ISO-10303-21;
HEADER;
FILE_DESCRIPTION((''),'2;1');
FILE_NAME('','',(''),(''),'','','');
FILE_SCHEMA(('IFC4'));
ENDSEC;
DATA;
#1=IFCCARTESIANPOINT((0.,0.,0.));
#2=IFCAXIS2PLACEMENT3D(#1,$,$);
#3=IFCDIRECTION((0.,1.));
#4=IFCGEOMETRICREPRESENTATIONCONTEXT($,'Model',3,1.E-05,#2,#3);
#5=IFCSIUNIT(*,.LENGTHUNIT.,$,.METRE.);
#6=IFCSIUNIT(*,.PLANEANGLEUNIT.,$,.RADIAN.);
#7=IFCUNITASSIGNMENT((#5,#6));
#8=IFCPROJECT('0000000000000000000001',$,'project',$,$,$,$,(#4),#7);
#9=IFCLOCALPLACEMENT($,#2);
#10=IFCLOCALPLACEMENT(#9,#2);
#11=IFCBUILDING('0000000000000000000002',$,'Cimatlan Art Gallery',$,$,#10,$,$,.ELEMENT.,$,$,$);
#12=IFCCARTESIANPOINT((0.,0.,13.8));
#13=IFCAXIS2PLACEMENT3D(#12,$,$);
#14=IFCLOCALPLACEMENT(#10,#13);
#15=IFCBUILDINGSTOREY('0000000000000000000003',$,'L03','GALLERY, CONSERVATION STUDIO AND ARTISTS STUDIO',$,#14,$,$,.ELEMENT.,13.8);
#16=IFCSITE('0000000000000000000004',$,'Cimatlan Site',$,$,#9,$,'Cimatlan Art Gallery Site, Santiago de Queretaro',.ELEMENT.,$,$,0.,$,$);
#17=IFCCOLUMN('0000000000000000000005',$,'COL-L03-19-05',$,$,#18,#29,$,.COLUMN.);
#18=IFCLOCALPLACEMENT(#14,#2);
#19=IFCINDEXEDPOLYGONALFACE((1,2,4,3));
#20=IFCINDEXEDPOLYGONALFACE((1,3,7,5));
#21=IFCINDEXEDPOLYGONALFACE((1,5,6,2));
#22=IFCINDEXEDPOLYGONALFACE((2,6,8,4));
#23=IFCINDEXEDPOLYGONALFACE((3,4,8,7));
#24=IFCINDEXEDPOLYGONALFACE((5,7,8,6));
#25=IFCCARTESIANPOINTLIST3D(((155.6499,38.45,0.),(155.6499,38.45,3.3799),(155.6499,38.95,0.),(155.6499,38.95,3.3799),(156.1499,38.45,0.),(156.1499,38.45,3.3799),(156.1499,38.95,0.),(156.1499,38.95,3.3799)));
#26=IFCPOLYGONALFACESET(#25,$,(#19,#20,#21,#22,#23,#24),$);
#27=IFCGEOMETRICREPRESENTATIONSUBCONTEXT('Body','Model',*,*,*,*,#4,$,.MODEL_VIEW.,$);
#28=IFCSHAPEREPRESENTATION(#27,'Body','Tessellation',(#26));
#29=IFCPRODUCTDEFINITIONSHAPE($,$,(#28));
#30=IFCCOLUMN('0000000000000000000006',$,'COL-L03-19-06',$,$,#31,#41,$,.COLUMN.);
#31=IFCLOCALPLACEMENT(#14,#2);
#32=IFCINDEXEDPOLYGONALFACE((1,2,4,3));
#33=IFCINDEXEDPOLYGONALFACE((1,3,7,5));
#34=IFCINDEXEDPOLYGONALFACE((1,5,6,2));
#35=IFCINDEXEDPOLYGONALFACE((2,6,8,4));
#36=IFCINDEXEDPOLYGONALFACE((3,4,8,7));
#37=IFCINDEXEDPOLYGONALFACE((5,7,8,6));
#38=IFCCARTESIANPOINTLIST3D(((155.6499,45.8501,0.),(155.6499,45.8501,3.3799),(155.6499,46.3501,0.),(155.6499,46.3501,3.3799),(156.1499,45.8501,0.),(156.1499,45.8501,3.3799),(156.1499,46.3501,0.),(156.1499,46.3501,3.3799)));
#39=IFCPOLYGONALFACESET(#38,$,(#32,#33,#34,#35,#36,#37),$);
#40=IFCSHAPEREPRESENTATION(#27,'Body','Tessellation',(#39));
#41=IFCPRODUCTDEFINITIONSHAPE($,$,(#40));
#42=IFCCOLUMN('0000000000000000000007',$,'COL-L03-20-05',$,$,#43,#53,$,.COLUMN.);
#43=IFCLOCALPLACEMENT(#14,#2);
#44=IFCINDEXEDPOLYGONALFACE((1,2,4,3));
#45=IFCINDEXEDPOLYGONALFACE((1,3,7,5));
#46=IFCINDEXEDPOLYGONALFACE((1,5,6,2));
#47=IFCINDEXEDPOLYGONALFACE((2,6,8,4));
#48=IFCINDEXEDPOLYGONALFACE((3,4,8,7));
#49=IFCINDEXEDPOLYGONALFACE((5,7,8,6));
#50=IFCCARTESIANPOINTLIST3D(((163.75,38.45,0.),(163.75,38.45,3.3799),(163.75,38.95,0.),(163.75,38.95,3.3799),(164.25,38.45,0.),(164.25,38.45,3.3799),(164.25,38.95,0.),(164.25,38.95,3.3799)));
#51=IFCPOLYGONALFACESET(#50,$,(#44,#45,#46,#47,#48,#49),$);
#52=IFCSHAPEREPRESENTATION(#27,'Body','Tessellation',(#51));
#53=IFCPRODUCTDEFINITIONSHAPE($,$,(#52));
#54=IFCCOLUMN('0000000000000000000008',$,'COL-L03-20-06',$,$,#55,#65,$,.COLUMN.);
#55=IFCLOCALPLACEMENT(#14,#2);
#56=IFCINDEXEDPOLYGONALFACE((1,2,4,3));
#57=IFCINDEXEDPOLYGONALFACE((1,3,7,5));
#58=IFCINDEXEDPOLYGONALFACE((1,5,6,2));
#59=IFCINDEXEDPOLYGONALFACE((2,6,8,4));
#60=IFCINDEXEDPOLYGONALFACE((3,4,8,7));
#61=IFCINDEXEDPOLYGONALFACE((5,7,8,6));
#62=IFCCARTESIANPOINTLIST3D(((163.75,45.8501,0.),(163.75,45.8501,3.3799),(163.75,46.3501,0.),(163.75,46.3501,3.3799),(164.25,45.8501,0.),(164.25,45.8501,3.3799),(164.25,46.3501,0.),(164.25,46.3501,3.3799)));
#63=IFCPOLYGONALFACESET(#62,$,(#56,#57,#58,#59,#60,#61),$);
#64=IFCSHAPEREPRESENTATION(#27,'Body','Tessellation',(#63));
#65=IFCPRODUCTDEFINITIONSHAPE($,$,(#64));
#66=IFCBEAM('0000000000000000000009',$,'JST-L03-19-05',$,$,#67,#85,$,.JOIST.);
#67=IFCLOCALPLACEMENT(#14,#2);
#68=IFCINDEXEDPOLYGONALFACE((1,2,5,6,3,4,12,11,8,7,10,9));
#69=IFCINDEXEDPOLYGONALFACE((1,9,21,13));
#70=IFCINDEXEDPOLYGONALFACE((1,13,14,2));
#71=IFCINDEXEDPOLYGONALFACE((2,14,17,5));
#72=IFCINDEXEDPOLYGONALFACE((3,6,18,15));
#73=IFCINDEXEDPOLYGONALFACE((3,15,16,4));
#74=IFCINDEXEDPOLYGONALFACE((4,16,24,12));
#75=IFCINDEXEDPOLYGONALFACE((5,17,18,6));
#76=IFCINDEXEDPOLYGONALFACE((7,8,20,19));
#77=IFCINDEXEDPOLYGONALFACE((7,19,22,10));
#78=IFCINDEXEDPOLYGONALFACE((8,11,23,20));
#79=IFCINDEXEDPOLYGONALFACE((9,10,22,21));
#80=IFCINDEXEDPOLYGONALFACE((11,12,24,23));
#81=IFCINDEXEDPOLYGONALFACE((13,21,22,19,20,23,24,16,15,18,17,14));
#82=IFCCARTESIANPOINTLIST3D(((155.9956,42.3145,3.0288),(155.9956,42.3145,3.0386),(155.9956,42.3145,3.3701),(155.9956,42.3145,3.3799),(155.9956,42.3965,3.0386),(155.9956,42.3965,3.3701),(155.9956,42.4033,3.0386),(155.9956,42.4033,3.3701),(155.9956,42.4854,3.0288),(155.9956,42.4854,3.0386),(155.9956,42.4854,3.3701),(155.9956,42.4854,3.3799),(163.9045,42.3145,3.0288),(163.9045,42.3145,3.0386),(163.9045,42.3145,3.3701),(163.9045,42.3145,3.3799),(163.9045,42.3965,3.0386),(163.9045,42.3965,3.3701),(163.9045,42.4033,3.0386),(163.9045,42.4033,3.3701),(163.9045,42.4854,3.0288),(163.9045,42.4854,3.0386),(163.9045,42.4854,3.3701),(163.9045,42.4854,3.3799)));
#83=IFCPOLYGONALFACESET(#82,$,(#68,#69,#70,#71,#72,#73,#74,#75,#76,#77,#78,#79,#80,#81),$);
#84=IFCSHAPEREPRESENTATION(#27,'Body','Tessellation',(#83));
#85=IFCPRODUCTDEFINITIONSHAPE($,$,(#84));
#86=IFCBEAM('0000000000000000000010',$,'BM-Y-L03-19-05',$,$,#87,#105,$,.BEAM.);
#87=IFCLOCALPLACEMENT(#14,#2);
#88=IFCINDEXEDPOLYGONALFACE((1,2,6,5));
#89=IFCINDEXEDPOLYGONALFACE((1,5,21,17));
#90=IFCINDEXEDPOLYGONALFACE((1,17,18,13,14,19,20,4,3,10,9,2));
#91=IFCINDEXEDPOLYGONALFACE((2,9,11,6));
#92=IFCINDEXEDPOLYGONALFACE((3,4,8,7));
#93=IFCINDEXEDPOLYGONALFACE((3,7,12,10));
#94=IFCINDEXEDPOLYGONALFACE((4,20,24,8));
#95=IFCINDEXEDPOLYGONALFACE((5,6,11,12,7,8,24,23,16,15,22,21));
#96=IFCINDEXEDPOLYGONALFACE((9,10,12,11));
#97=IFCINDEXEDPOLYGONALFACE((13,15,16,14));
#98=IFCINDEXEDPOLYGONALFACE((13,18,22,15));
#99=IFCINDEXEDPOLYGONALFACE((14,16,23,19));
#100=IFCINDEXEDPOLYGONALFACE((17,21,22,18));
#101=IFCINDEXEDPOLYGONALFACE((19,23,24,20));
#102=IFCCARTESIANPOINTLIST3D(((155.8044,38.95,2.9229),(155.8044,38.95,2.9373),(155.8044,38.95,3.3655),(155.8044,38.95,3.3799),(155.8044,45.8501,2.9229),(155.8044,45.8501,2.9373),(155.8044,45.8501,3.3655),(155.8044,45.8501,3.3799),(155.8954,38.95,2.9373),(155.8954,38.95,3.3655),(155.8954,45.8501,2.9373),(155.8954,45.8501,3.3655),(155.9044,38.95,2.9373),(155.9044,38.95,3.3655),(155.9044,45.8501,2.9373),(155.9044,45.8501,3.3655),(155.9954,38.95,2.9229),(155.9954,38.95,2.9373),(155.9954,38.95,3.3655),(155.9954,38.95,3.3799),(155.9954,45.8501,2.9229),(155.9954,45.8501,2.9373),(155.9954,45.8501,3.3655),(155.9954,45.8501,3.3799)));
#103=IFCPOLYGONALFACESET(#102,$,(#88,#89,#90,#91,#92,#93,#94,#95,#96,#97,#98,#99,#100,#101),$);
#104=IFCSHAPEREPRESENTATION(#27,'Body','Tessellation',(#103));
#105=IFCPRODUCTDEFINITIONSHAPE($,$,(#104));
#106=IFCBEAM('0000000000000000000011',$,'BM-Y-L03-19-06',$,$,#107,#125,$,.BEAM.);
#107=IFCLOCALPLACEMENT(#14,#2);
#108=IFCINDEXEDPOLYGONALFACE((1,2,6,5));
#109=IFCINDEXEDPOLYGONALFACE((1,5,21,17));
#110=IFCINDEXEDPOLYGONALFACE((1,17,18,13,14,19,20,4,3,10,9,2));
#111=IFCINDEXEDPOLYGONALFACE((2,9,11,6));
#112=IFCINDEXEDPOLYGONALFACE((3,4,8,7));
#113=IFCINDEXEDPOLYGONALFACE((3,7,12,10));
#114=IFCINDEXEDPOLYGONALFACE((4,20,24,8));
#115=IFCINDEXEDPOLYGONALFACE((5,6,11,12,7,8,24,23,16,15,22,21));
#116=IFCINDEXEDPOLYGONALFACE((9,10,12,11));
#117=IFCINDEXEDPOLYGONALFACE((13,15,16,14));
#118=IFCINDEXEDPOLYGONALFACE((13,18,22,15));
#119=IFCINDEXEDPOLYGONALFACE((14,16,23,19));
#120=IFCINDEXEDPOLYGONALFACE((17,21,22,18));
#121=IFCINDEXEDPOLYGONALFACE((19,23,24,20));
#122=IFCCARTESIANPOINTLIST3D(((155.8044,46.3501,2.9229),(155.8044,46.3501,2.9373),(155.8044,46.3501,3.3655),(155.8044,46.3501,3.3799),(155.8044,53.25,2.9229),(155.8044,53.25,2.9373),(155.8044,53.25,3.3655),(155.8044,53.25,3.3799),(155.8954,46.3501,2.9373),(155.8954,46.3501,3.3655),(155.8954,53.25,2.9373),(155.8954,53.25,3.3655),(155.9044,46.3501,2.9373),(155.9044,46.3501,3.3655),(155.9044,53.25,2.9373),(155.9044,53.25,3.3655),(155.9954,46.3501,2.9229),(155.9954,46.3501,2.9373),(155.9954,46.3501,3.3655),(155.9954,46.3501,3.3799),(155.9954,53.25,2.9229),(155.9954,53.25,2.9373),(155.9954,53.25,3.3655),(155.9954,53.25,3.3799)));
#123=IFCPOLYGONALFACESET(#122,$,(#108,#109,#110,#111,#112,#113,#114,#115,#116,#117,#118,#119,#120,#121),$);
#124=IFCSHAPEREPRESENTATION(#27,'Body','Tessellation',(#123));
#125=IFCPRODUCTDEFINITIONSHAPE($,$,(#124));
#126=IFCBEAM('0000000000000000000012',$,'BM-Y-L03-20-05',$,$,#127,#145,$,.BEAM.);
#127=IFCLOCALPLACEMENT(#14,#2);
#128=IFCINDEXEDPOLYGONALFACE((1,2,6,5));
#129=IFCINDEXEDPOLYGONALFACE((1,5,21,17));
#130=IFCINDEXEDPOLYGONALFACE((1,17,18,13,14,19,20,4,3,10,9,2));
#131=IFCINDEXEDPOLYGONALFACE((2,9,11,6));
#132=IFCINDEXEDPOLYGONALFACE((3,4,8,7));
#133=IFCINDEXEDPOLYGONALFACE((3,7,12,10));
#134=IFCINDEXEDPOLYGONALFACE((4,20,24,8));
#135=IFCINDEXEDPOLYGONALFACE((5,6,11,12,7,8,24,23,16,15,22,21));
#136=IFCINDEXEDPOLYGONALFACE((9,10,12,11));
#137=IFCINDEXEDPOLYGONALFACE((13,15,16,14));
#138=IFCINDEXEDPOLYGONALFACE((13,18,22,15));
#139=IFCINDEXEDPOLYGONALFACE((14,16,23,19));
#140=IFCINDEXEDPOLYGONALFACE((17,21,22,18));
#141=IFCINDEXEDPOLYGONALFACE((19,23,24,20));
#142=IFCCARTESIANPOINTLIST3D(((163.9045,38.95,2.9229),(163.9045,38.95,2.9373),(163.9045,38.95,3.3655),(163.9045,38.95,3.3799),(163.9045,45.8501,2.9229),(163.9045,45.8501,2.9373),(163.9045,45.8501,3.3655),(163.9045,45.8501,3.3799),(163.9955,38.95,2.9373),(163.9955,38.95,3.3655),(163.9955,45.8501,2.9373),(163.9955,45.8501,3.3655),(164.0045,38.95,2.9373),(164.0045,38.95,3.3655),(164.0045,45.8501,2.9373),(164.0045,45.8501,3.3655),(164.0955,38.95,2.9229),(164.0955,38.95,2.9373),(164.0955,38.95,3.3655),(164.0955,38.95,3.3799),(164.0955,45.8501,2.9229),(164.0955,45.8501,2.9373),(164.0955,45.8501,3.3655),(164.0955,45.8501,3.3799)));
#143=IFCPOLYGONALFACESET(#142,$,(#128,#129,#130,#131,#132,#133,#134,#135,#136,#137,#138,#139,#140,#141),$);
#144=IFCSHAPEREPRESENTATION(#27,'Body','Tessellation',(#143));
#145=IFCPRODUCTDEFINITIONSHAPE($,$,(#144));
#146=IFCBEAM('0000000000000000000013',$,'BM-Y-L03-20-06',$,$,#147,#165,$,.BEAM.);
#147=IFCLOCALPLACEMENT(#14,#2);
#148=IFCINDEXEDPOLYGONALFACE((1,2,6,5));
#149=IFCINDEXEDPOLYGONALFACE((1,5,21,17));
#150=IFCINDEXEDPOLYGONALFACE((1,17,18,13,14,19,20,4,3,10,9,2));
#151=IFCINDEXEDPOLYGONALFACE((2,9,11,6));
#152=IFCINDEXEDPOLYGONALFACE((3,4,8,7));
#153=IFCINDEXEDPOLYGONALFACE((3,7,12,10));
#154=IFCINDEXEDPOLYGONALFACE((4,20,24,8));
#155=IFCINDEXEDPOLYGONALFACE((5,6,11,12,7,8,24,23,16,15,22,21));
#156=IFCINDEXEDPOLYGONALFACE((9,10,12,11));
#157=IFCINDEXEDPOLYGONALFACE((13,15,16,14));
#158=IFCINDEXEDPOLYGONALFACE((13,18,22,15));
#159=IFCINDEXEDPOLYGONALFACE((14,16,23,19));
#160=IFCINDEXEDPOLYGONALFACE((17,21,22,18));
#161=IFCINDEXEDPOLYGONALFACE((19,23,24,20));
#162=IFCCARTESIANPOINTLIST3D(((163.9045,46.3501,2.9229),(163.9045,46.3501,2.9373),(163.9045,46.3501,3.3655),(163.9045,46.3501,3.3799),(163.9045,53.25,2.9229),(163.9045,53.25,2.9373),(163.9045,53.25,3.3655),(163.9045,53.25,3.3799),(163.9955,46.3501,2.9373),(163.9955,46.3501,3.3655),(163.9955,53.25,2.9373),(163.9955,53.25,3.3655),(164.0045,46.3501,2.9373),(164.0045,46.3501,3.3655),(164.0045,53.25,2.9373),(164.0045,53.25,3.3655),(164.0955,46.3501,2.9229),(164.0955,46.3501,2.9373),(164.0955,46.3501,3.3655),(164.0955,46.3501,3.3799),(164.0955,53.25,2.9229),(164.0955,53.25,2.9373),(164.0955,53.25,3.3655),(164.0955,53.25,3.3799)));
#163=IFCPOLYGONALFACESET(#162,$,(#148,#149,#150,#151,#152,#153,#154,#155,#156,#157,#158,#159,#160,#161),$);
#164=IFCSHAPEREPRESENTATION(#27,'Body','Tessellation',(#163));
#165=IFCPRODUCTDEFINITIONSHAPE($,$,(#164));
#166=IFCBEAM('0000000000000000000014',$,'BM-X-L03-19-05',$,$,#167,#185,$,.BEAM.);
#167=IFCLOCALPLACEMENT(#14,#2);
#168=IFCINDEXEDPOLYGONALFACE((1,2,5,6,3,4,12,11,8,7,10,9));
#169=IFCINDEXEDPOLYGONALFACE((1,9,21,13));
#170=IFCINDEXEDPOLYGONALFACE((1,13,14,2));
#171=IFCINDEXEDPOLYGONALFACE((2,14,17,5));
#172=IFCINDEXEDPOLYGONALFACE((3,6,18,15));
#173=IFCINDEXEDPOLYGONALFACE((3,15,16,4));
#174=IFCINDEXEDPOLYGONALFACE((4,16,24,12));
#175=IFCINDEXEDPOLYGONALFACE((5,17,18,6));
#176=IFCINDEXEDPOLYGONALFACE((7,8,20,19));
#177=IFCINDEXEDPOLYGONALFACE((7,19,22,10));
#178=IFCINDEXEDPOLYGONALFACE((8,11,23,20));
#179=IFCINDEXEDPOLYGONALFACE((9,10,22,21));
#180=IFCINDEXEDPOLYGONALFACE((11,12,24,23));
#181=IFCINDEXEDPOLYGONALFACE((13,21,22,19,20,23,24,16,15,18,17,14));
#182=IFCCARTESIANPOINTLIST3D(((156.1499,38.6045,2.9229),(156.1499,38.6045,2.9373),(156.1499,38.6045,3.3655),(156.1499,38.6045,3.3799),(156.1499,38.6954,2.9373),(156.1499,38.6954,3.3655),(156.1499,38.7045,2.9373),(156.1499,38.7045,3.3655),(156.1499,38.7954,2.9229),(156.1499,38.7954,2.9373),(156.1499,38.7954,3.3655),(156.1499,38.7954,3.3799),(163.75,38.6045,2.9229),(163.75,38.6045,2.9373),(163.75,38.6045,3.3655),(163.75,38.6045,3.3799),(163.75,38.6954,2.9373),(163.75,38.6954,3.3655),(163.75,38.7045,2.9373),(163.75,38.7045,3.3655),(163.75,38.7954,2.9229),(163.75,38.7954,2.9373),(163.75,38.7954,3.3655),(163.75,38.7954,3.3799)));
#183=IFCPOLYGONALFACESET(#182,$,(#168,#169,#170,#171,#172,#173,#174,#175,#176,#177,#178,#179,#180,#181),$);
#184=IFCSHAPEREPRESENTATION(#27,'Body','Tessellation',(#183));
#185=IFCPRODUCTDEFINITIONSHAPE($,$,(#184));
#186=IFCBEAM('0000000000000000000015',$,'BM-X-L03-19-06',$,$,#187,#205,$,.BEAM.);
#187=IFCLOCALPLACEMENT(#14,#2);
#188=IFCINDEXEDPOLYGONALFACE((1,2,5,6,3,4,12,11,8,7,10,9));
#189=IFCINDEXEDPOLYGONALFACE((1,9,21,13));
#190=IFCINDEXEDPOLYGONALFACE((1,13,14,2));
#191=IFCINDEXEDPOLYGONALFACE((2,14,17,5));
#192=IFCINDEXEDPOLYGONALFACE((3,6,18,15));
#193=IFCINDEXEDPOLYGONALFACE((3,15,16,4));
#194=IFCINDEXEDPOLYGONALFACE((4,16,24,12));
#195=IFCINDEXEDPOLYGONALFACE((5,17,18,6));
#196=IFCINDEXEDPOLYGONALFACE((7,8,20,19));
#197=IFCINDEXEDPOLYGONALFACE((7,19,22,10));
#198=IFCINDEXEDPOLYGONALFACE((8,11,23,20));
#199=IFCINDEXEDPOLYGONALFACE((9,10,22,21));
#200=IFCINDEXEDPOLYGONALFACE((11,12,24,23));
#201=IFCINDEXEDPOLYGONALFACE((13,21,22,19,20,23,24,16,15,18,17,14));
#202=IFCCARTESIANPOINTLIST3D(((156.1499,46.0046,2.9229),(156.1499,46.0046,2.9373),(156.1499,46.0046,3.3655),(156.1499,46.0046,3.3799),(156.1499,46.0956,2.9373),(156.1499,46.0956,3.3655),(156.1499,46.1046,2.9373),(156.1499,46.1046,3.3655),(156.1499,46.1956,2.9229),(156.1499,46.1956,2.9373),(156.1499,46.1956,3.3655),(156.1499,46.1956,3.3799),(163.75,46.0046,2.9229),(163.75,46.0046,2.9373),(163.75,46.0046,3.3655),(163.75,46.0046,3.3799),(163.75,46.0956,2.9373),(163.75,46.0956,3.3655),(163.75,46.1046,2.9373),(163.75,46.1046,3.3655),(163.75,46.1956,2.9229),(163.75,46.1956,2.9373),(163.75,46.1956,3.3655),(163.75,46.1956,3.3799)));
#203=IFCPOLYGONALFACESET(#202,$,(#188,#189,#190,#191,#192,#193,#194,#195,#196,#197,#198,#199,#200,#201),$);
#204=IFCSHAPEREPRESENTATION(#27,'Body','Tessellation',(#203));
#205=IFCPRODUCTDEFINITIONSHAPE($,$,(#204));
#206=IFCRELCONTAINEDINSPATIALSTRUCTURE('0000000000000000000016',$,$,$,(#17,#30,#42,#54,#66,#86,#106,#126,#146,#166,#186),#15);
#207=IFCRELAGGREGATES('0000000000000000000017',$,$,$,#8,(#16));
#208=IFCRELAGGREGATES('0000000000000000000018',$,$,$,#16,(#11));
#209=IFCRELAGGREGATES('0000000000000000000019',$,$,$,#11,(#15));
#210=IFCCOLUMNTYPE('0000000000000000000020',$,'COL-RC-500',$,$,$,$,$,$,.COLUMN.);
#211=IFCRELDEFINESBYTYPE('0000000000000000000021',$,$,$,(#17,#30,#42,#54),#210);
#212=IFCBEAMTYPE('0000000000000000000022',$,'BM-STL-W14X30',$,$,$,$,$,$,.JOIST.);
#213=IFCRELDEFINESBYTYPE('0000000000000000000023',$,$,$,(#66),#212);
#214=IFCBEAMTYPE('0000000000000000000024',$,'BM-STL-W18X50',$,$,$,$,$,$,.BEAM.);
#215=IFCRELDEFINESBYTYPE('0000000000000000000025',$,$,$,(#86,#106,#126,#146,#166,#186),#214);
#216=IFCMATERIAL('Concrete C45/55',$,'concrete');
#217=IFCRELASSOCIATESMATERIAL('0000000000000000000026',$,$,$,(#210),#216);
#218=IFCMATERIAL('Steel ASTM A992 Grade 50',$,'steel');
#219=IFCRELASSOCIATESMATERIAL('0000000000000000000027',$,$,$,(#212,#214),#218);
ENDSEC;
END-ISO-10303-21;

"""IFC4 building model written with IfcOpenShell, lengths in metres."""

from ifc_helpers import new_model, si_unit, direction, frame, origin, origin_2d, place, context, subcontext, project, spatial, rectangle, i_section, extrude, material, material_profile, profile_set, type_object, element, save


model = new_model("IFC4")

# Units and contexts
model_context = context("Model", 3, precision=1e-05, world=origin(), true_north=direction((0.0, 1.0)))
body_context = subcontext(model_context, "Body", "Model", "MODEL_VIEW")
ifc_project = project(units=[si_unit("LENGTHUNIT", "METRE"), si_unit("PLANEANGLEUNIT", "RADIAN")], contexts=[model_context])

# Site, building, storey
site_placement = place(None, origin())
site = spatial("IfcSite", under=ifc_project, at=site_placement, Name="Cimatlan Site", LongName="Cimatlan Art Gallery Site, Santiago de Queretaro", CompositionType="ELEMENT", RefElevation=0.0)
building_placement = place(site_placement, origin())
building = spatial("IfcBuilding", under=site, at=building_placement, Name="Cimatlan Art Gallery", CompositionType="ELEMENT")
storey_placement = place(building_placement, frame((0.0, 0.0, 13.8)))
storey = spatial("IfcBuildingStorey", under=building, at=storey_placement, Name="L03", Description="GALLERY, CONSERVATION STUDIO AND ARTISTS STUDIO", CompositionType="ELEMENT", Elevation=13.8)

# Columns
ifc_material_1 = material(Name="Concrete C45/55", Category="concrete")
ifc_material_profile_1 = material_profile(ifc_material_1, rectangle(XDim=0.5, YDim=0.5, at=origin_2d()), Name="RC500X500")
ifc_profile_set_1 = profile_set([ifc_material_profile_1], Name="Concrete C45/55")
column_type = type_object("IfcColumnType", Name="COL-RC-500", PredefinedType="COLUMN", material=ifc_profile_set_1)
for number, where, z_axis, x_axis, name in (
    (1, (155.8999, 38.7, 0.0), (0.0, 0.0, 1.0), (1.0, 0.0, 0.0), "COL-L03-19-05"),
    (2, (155.8999, 46.1001, 0.0), (0.0, 0.0, 1.0), (1.0, 0.0, 0.0), "COL-L03-19-06"),
    (3, (164.0, 38.7, 0.0), (0.0, 0.0, 1.0), (1.0, 0.0, 0.0), "COL-L03-20-05"),
    (4, (164.0, 46.1001, 0.0), (0.0, 0.0, 1.0), (1.0, 0.0, 0.0), "COL-L03-20-06"),
):
    element("IfcColumn", number, at=place(storey_placement, frame(where, z_axis=z_axis, x_axis=x_axis)), inside=storey, type_object=column_type, Name=name, PredefinedType="COLUMN", context=body_context, shape_type="SweptSolid", body=[
        extrude(rectangle(XDim=0.5, YDim=0.5, at=origin_2d()), origin(), (0.0, 0.0, 1.0), 3.3799),
    ])

# Beams
ifc_material_2 = material(Name="Steel ASTM A992 Grade 50", Category="steel")
ifc_material_profile_2 = material_profile(ifc_material_2, i_section(OverallWidth=0.1709, OverallDepth=0.3511, WebThickness=0.0068, FlangeThickness=0.0098, at=origin_2d()), Name="W14X30")
ifc_profile_set_2 = profile_set([ifc_material_profile_2], Name="Steel ASTM A992 Grade 50")
beam_type_1 = type_object("IfcBeamType", Name="BM-STL-W14X30", PredefinedType="JOIST", material=ifc_profile_set_2)
beam_1_placement = place(storey_placement, frame((155.9956, 42.3999, 3.2043), z_axis=(1.0, 0.0, 0.0), x_axis=(0.0, 1.0, 0.0)))
element("IfcBeam", 5, at=beam_1_placement, inside=storey, type_object=beam_type_1, Name="JST-L03-19-05", PredefinedType="JOIST", context=body_context, shape_type="SweptSolid", body=[
    extrude(i_section(OverallWidth=0.1709, OverallDepth=0.3511, WebThickness=0.0068, FlangeThickness=0.0098, at=origin_2d()), origin(), (0.0, 0.0, 1.0), 7.9089),
])
ifc_material_profile_3 = material_profile(ifc_material_2, i_section(OverallWidth=0.1909, OverallDepth=0.457, WebThickness=0.009, FlangeThickness=0.0144, at=origin_2d()), Name="W18X50")
ifc_profile_set_3 = profile_set([ifc_material_profile_3], Name="Steel ASTM A992 Grade 50")
beam_type_2 = type_object("IfcBeamType", Name="BM-STL-W18X50", PredefinedType="BEAM", material=ifc_profile_set_3)
beam_2_placement = place(storey_placement, frame((155.8999, 38.95, 3.1514), z_axis=(0.0, 1.0, 0.0), x_axis=(-1.0, 0.0, 0.0)))
element("IfcBeam", 6, at=beam_2_placement, inside=storey, type_object=beam_type_2, Name="BM-Y-L03-19-05", PredefinedType="BEAM", context=body_context, shape_type="SweptSolid", body=[
    extrude(i_section(OverallWidth=0.1909, OverallDepth=0.457, WebThickness=0.009, FlangeThickness=0.0144, at=origin_2d()), origin(), (0.0, 0.0, 1.0), 6.9001),
])
beam_3_placement = place(storey_placement, frame((155.8999, 46.3501, 3.1514), z_axis=(0.0, 1.0, 0.0), x_axis=(-1.0, 0.0, 0.0)))
element("IfcBeam", 7, at=beam_3_placement, inside=storey, type_object=beam_type_2, Name="BM-Y-L03-19-06", PredefinedType="BEAM", context=body_context, shape_type="SweptSolid", body=[
    extrude(i_section(OverallWidth=0.1909, OverallDepth=0.457, WebThickness=0.009, FlangeThickness=0.0144, at=origin_2d()), origin(), (0.0, 0.0, 1.0), 6.8999),
])
beam_4_placement = place(storey_placement, frame((164.0, 38.95, 3.1514), z_axis=(0.0, 1.0, 0.0), x_axis=(-1.0, 0.0, 0.0)))
element("IfcBeam", 8, at=beam_4_placement, inside=storey, type_object=beam_type_2, Name="BM-Y-L03-20-05", PredefinedType="BEAM", context=body_context, shape_type="SweptSolid", body=[
    extrude(i_section(OverallWidth=0.1909, OverallDepth=0.457, WebThickness=0.009, FlangeThickness=0.0144, at=origin_2d()), origin(), (0.0, 0.0, 1.0), 6.9001),
])
beam_5_placement = place(storey_placement, frame((164.0, 46.3501, 3.1514), z_axis=(0.0, 1.0, 0.0), x_axis=(-1.0, 0.0, 0.0)))
element("IfcBeam", 9, at=beam_5_placement, inside=storey, type_object=beam_type_2, Name="BM-Y-L03-20-06", PredefinedType="BEAM", context=body_context, shape_type="SweptSolid", body=[
    extrude(i_section(OverallWidth=0.1909, OverallDepth=0.457, WebThickness=0.009, FlangeThickness=0.0144, at=origin_2d()), origin(), (0.0, 0.0, 1.0), 6.8999),
])
for number, where, z_axis, x_axis, name in (
    (10, (156.1499, 38.7, 3.1514), (1.0, 0.0, 0.0), (0.0, 1.0, 0.0), "BM-X-L03-19-05"),
    (11, (156.1499, 46.1001, 3.1514), (1.0, 0.0, 0.0), (0.0, 1.0, 0.0), "BM-X-L03-19-06"),
):
    element("IfcBeam", number, at=place(storey_placement, frame(where, z_axis=z_axis, x_axis=x_axis)), inside=storey, type_object=beam_type_2, Name=name, PredefinedType="BEAM", context=body_context, shape_type="SweptSolid", body=[
        extrude(i_section(OverallWidth=0.1909, OverallDepth=0.457, WebThickness=0.009, FlangeThickness=0.0144, at=origin_2d()), origin(), (0.0, 0.0, 1.0), 7.6001),
    ])

save(model, "model.ifc")
